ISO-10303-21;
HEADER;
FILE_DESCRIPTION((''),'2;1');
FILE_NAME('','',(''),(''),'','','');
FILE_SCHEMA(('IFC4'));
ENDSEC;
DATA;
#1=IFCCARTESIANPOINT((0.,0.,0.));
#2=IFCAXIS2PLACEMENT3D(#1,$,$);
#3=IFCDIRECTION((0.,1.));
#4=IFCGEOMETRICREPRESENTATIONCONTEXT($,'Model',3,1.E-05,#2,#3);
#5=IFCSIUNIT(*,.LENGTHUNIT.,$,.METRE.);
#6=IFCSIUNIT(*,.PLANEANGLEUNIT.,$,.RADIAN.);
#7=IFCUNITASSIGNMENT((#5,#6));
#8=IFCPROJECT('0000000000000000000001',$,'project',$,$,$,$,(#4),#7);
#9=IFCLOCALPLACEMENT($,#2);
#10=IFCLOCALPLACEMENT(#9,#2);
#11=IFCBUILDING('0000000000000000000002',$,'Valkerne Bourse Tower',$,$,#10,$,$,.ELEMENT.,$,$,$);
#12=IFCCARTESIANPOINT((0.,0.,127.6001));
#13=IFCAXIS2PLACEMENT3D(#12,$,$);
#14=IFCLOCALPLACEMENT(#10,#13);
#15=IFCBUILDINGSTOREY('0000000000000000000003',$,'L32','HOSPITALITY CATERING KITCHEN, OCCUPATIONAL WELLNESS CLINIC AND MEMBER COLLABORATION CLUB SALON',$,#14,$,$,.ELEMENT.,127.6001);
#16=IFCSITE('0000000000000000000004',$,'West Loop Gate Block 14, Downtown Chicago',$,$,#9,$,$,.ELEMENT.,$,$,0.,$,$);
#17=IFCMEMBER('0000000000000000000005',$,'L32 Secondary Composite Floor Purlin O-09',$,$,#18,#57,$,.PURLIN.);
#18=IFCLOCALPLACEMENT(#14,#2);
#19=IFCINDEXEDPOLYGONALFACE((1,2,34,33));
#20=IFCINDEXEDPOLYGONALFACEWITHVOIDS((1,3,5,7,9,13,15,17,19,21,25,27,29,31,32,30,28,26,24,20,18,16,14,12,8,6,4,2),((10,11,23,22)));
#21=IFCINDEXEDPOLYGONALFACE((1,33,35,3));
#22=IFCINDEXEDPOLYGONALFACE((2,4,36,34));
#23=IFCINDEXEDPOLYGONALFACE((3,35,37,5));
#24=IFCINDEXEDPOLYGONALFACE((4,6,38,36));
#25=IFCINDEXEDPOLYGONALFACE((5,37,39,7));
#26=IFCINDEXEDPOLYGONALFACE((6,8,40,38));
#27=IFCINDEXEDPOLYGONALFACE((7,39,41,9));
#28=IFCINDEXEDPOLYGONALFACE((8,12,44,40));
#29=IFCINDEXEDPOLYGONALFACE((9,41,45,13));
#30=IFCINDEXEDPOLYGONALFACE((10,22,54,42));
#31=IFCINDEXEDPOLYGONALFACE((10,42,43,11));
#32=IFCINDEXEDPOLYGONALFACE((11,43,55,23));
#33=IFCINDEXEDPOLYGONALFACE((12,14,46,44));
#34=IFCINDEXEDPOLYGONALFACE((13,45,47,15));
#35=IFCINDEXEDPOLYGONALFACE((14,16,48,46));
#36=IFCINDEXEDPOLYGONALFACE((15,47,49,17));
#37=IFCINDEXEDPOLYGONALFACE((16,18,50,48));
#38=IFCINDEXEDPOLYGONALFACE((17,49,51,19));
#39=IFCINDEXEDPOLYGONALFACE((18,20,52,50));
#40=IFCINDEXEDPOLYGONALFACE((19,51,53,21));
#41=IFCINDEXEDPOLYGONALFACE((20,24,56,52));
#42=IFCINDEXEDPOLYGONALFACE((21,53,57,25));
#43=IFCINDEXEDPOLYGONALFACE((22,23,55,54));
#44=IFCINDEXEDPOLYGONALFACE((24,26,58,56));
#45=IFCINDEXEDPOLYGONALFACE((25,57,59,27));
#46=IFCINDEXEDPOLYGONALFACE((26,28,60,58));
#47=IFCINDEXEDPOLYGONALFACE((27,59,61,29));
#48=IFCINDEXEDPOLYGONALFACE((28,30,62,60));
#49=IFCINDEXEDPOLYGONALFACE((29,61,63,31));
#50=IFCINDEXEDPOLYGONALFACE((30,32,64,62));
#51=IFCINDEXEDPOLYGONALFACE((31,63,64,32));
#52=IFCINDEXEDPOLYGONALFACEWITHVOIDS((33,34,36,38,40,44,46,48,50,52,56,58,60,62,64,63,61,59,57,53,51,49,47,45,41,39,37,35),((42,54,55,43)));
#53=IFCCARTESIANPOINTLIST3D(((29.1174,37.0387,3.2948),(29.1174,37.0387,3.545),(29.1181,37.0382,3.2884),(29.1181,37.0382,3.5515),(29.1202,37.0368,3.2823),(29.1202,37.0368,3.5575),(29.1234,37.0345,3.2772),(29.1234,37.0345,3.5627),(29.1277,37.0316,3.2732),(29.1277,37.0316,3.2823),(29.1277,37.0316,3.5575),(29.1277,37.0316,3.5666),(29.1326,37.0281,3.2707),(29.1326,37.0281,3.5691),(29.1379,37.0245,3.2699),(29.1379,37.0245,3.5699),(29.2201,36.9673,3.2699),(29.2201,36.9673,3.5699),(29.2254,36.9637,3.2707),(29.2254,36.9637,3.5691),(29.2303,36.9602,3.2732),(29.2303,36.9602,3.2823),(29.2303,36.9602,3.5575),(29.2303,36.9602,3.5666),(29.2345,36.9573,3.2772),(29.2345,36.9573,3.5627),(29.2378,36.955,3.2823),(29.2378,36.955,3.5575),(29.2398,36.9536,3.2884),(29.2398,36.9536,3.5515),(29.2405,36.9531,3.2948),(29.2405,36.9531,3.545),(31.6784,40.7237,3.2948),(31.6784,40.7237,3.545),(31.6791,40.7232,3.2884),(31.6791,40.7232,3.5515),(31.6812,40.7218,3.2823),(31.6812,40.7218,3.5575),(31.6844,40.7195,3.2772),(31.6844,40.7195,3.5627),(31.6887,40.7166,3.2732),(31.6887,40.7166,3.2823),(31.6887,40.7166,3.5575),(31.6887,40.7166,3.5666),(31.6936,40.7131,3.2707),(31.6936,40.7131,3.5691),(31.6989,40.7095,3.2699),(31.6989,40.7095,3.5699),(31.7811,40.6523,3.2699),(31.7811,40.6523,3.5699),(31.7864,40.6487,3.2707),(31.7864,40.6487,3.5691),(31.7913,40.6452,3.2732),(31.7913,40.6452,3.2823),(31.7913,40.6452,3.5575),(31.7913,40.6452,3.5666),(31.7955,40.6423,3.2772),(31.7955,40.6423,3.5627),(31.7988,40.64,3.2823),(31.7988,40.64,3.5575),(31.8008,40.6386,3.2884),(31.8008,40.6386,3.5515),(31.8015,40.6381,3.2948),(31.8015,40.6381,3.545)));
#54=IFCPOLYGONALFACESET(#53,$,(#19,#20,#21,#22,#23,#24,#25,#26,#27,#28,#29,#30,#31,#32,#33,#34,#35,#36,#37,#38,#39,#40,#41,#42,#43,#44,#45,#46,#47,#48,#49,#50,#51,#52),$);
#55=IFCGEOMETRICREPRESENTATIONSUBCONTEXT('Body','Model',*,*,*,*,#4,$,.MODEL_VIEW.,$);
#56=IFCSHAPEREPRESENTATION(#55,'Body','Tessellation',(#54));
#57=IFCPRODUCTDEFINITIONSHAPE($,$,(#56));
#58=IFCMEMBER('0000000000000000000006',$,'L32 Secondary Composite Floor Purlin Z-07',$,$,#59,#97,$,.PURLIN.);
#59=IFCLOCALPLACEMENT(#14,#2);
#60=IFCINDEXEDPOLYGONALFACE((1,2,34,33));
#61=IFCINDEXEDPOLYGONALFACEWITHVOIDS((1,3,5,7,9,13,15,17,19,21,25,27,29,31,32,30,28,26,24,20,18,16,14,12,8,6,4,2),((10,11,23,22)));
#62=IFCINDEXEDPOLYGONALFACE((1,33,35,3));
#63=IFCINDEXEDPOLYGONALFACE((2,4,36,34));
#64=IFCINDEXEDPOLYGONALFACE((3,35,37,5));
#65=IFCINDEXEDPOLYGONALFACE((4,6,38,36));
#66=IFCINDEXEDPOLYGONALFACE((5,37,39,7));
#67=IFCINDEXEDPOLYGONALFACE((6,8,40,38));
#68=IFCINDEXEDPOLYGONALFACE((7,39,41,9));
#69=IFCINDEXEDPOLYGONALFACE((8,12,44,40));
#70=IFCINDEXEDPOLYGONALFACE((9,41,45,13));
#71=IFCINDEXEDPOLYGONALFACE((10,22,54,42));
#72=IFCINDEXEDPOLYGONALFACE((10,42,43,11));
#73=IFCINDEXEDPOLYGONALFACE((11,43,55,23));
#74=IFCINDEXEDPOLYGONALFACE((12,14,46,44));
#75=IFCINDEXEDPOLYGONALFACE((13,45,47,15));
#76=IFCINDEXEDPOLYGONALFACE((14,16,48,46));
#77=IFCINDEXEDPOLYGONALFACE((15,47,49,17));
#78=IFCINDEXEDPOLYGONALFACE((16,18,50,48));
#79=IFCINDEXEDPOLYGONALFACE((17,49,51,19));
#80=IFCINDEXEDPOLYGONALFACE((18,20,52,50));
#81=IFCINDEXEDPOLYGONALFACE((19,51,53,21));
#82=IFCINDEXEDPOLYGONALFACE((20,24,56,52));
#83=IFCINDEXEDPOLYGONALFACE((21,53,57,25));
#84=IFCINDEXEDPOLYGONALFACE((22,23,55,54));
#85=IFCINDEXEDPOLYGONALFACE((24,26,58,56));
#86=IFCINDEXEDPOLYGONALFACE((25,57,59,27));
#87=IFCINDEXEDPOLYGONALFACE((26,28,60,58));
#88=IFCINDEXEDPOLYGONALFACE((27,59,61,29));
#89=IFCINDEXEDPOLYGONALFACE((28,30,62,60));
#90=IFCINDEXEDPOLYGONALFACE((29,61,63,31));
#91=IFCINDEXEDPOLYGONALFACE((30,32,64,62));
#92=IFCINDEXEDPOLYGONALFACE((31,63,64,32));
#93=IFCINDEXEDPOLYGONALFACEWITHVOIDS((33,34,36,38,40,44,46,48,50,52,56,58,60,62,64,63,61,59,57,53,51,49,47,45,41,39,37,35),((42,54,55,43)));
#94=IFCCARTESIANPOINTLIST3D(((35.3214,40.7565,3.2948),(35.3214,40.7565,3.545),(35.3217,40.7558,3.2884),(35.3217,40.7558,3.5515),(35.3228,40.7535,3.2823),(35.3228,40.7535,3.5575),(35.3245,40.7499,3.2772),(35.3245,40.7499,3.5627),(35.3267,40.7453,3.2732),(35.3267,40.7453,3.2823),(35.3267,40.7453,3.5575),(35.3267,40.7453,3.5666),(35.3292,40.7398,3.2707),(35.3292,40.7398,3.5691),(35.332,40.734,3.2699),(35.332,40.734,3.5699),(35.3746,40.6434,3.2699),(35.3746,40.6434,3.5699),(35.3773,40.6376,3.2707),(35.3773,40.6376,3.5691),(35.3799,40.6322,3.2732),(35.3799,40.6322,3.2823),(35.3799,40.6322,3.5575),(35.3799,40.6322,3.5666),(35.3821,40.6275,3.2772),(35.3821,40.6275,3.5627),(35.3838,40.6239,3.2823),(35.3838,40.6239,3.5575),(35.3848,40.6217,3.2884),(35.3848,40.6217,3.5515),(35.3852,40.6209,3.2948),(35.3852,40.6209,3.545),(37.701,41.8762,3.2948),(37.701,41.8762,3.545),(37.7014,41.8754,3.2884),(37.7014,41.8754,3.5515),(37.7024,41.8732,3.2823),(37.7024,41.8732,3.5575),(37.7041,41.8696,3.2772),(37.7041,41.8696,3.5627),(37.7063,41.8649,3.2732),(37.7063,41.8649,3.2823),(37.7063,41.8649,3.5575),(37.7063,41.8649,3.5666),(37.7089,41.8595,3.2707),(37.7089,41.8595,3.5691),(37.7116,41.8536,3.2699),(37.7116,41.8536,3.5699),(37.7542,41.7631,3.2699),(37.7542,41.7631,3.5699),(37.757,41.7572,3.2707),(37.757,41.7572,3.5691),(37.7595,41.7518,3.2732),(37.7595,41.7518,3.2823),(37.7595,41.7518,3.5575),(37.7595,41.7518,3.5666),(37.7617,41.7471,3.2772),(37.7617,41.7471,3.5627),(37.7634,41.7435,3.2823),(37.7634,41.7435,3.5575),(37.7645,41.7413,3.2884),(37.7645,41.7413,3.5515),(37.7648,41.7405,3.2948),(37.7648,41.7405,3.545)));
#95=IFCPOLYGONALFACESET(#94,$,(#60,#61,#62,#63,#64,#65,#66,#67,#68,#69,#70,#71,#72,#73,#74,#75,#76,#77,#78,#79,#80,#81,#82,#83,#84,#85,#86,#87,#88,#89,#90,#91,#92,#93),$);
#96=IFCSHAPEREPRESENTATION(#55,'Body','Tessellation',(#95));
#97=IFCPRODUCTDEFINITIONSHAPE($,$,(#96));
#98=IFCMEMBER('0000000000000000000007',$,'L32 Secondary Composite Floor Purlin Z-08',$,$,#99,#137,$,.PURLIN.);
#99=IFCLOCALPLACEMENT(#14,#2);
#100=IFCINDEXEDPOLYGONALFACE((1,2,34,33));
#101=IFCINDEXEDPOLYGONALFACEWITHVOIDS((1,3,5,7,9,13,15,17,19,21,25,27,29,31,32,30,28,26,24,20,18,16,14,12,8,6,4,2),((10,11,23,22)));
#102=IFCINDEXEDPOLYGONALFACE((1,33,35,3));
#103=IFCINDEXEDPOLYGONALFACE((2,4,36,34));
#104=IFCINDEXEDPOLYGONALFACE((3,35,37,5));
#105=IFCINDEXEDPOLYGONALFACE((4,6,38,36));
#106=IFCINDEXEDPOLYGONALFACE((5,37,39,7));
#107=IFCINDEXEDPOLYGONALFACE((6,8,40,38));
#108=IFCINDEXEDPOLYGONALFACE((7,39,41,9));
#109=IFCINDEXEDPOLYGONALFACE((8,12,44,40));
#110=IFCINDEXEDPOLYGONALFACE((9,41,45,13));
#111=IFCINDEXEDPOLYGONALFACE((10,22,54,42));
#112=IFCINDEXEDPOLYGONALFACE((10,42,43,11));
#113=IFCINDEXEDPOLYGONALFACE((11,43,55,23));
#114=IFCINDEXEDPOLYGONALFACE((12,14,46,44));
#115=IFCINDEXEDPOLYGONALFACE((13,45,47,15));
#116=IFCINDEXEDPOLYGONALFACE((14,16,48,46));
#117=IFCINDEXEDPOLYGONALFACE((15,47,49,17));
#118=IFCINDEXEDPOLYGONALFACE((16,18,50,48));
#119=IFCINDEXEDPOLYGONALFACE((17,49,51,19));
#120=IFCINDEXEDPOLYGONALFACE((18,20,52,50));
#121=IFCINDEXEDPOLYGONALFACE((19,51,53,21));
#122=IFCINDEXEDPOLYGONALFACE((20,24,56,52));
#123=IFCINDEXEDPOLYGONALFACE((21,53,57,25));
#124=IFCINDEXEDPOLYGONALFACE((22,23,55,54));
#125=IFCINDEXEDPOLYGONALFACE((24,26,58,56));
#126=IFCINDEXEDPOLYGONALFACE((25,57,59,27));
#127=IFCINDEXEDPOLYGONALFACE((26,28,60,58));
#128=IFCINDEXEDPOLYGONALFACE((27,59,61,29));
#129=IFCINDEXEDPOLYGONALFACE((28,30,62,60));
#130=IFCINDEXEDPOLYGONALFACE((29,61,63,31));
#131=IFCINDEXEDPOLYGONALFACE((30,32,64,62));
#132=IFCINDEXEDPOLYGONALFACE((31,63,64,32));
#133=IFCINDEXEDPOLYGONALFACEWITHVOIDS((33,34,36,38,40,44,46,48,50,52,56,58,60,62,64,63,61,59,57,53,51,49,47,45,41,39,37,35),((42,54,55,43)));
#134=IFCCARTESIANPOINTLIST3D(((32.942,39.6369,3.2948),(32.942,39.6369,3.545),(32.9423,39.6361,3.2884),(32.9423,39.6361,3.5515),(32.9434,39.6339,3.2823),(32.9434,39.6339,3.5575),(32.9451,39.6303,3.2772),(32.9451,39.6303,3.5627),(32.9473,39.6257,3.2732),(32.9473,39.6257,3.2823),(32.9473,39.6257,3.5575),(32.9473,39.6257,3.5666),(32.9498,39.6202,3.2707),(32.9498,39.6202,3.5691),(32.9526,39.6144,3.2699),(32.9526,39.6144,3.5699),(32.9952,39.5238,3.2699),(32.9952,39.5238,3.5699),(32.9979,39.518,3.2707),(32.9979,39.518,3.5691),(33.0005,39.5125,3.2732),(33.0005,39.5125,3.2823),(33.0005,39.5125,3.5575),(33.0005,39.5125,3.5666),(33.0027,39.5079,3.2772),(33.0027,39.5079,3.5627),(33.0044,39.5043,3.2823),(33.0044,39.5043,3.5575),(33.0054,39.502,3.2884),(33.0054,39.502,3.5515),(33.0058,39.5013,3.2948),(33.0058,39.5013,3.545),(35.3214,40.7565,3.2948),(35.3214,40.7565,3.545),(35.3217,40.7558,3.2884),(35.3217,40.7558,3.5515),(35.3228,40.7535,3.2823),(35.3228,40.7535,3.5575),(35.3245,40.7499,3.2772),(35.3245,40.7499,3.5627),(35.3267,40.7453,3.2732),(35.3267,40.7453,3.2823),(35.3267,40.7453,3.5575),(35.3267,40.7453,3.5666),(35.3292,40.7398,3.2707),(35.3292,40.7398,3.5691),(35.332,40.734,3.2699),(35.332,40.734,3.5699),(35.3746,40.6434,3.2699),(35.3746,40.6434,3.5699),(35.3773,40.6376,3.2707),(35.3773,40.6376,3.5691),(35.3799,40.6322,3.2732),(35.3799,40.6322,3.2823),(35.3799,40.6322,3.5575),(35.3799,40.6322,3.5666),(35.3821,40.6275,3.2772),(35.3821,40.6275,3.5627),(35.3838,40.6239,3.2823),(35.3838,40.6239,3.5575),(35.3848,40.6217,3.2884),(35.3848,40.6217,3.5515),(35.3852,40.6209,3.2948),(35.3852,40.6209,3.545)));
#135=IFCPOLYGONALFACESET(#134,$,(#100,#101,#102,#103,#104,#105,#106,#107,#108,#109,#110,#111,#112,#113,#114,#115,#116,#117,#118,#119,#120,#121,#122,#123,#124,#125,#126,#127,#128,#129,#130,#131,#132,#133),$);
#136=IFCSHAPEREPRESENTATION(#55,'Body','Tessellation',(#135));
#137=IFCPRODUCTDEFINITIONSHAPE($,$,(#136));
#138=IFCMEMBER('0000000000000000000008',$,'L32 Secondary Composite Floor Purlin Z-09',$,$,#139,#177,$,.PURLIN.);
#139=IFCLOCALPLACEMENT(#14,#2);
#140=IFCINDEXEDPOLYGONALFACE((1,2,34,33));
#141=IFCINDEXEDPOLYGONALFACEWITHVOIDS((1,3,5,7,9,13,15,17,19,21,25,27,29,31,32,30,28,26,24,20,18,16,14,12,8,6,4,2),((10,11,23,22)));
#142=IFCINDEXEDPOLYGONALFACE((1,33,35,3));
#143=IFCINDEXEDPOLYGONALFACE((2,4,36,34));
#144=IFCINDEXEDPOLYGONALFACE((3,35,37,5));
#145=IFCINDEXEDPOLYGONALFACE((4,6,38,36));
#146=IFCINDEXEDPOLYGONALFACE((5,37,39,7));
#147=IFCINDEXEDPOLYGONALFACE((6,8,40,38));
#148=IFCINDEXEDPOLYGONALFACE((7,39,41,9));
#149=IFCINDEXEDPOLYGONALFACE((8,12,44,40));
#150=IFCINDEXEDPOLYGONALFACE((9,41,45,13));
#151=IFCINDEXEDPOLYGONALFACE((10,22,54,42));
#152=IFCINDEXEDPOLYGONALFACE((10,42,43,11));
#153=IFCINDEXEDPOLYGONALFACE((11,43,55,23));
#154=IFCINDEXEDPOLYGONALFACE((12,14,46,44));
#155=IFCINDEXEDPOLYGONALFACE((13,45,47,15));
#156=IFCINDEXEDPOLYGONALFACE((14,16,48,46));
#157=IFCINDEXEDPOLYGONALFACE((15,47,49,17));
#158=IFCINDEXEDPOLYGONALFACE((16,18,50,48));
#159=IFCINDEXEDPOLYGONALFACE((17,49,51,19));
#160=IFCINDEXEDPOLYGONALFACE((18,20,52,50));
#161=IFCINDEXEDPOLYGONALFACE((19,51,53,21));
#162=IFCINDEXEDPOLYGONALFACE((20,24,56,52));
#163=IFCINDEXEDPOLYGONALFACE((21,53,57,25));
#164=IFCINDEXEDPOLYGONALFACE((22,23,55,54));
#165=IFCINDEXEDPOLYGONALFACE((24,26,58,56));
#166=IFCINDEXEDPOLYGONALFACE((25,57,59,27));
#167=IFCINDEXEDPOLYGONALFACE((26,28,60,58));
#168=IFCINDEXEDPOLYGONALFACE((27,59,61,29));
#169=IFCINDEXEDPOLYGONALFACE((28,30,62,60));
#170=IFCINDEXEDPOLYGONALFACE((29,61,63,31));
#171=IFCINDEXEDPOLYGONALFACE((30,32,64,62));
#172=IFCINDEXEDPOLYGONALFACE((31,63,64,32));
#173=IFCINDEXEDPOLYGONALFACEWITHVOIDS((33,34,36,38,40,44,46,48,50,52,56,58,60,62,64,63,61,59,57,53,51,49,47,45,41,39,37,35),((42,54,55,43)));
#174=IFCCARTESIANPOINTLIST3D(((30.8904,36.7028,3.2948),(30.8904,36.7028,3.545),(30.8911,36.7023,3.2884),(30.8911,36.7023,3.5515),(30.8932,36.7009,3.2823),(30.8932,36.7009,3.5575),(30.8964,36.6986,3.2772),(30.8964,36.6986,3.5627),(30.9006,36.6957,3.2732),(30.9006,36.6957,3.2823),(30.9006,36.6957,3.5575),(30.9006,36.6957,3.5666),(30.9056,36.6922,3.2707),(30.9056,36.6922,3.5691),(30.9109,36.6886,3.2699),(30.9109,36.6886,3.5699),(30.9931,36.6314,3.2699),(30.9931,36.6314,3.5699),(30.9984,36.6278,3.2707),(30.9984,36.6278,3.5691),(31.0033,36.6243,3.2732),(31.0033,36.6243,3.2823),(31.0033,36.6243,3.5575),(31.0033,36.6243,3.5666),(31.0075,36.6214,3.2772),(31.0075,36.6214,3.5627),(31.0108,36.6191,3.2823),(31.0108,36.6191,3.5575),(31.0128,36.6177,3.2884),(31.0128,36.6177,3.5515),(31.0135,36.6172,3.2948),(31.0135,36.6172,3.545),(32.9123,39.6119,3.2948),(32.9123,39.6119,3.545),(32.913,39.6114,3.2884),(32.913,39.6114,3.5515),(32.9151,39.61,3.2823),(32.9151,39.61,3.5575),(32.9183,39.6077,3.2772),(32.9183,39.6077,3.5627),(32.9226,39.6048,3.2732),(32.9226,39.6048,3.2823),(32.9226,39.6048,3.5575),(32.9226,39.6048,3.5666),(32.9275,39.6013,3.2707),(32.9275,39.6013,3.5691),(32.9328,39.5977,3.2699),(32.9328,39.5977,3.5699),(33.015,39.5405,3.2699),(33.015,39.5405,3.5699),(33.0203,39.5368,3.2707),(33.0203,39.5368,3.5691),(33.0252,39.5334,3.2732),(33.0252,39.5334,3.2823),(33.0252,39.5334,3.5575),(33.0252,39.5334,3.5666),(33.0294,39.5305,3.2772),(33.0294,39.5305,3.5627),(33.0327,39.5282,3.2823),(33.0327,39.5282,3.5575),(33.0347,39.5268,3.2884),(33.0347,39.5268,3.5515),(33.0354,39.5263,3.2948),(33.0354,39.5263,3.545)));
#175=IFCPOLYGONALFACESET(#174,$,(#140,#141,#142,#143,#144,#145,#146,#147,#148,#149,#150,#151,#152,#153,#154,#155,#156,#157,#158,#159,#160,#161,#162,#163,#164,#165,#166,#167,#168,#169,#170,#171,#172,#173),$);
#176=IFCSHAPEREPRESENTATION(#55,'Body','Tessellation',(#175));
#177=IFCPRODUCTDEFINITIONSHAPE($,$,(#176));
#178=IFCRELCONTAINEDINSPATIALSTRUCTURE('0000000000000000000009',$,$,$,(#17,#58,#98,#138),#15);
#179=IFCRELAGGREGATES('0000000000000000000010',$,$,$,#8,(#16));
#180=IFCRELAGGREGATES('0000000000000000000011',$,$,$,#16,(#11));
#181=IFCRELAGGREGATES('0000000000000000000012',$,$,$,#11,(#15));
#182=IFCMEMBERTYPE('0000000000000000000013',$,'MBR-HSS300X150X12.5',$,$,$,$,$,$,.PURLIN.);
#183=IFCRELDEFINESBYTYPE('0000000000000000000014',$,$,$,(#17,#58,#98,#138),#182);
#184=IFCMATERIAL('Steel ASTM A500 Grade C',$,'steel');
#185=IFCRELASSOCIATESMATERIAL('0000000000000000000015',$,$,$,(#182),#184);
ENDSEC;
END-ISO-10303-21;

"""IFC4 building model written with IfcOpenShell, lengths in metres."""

from ifc_helpers import new_model, si_unit, direction, frame, origin, origin_2d, place, context, subcontext, project, spatial, hollow_rectangle, extrude, material, material_profile, profile_set, type_object, element, save


model = new_model("IFC4")

# Units and contexts
model_context = context("Model", 3, precision=1e-05, world=origin(), true_north=direction((0.0, 1.0)))
body_context = subcontext(model_context, "Body", "Model", "MODEL_VIEW")
ifc_project = project(units=[si_unit("LENGTHUNIT", "METRE"), si_unit("PLANEANGLEUNIT", "RADIAN")], contexts=[model_context])

# Site, building, storey
site_placement = place(None, origin())
site = spatial("IfcSite", under=ifc_project, at=site_placement, Name="West Loop Gate Block 14, Downtown Chicago", CompositionType="ELEMENT", RefElevation=0.0)
building_placement = place(site_placement, origin())
building = spatial("IfcBuilding", under=site, at=building_placement, Name="Valkerne Bourse Tower", CompositionType="ELEMENT")
storey_placement = place(building_placement, frame((0.0, 0.0, 127.6001)))
storey = spatial("IfcBuildingStorey", under=building, at=storey_placement, Name="L32", Description="HOSPITALITY CATERING KITCHEN, OCCUPATIONAL WELLNESS CLINIC AND MEMBER COLLABORATION CLUB SALON", CompositionType="ELEMENT", Elevation=127.6001)

# Members
ifc_material_1 = material(Name="Steel ASTM A500 Grade C", Category="steel")
ifc_material_profile_1 = material_profile(ifc_material_1, hollow_rectangle(XDim=0.1499, YDim=0.3, WallThickness=0.0125, OuterFilletRadius=0.0249, at=origin_2d()), Name="HSS300X150X12.5")
ifc_profile_set_1 = profile_set([ifc_material_profile_1], Name="Steel ASTM A500 Grade C")
member_type_1 = type_object("IfcMemberType", Name="MBR-HSS300X150X12.5", PredefinedType="PURLIN", material=ifc_profile_set_1)
member_1_placement = place(storey_placement, frame((31.74, 40.6809, 3.4199), z_axis=(-0.570691, -0.821165, 0.0), x_axis=(0.821165, -0.570691, 0.0)))
element("IfcMember", 1, at=member_1_placement, inside=storey, type_object=member_type_1, Name="L32 Secondary Composite Floor Purlin O-09", PredefinedType="PURLIN", context=body_context, shape_type="SweptSolid", body=[
    extrude(hollow_rectangle(XDim=0.1499, YDim=0.3, WallThickness=0.0125, OuterFilletRadius=0.0249, at=origin_2d()), origin(), (0.0, 0.0, 1.0), 4.4875),
])
member_2_placement = place(storey_placement, frame((37.7329, 41.8083, 3.4199), z_axis=(-0.904848, -0.425734, 0.0), x_axis=(0.425734, -0.904848, 0.0)))
element("IfcMember", 2, at=member_2_placement, inside=storey, type_object=member_type_1, Name="L32 Secondary Composite Floor Purlin Z-07", PredefinedType="PURLIN", context=body_context, shape_type="SweptSolid", body=[
    extrude(hollow_rectangle(XDim=0.1499, YDim=0.3, WallThickness=0.0125, OuterFilletRadius=0.0249, at=origin_2d()), origin(), (0.0, 0.0, 1.0), 2.6299),
])
member_3_placement = place(storey_placement, frame((35.3533, 40.6887, 3.4199), z_axis=(-0.904831, -0.42577, 0.0), x_axis=(0.42577, -0.904831, 0.0)))
element("IfcMember", 3, at=member_3_placement, inside=storey, type_object=member_type_1, Name="L32 Secondary Composite Floor Purlin Z-08", PredefinedType="PURLIN", context=body_context, shape_type="SweptSolid", body=[
    extrude(hollow_rectangle(XDim=0.1499, YDim=0.3, WallThickness=0.0125, OuterFilletRadius=0.0249, at=origin_2d()), origin(), (0.0, 0.0, 1.0), 2.6296),
])
member_4_placement = place(storey_placement, frame((32.9739, 39.5691, 3.4199), z_axis=(-0.570721, -0.821144, 0.0), x_axis=(0.821144, -0.570721, 0.0)))
element("IfcMember", 4, at=member_4_placement, inside=storey, type_object=member_type_1, Name="L32 Secondary Composite Floor Purlin Z-09", PredefinedType="PURLIN", context=body_context, shape_type="SweptSolid", body=[
    extrude(hollow_rectangle(XDim=0.1499, YDim=0.3, WallThickness=0.0125, OuterFilletRadius=0.0249, at=origin_2d()), origin(), (0.0, 0.0, 1.0), 3.5427),
])

save(model, "model.ifc")
